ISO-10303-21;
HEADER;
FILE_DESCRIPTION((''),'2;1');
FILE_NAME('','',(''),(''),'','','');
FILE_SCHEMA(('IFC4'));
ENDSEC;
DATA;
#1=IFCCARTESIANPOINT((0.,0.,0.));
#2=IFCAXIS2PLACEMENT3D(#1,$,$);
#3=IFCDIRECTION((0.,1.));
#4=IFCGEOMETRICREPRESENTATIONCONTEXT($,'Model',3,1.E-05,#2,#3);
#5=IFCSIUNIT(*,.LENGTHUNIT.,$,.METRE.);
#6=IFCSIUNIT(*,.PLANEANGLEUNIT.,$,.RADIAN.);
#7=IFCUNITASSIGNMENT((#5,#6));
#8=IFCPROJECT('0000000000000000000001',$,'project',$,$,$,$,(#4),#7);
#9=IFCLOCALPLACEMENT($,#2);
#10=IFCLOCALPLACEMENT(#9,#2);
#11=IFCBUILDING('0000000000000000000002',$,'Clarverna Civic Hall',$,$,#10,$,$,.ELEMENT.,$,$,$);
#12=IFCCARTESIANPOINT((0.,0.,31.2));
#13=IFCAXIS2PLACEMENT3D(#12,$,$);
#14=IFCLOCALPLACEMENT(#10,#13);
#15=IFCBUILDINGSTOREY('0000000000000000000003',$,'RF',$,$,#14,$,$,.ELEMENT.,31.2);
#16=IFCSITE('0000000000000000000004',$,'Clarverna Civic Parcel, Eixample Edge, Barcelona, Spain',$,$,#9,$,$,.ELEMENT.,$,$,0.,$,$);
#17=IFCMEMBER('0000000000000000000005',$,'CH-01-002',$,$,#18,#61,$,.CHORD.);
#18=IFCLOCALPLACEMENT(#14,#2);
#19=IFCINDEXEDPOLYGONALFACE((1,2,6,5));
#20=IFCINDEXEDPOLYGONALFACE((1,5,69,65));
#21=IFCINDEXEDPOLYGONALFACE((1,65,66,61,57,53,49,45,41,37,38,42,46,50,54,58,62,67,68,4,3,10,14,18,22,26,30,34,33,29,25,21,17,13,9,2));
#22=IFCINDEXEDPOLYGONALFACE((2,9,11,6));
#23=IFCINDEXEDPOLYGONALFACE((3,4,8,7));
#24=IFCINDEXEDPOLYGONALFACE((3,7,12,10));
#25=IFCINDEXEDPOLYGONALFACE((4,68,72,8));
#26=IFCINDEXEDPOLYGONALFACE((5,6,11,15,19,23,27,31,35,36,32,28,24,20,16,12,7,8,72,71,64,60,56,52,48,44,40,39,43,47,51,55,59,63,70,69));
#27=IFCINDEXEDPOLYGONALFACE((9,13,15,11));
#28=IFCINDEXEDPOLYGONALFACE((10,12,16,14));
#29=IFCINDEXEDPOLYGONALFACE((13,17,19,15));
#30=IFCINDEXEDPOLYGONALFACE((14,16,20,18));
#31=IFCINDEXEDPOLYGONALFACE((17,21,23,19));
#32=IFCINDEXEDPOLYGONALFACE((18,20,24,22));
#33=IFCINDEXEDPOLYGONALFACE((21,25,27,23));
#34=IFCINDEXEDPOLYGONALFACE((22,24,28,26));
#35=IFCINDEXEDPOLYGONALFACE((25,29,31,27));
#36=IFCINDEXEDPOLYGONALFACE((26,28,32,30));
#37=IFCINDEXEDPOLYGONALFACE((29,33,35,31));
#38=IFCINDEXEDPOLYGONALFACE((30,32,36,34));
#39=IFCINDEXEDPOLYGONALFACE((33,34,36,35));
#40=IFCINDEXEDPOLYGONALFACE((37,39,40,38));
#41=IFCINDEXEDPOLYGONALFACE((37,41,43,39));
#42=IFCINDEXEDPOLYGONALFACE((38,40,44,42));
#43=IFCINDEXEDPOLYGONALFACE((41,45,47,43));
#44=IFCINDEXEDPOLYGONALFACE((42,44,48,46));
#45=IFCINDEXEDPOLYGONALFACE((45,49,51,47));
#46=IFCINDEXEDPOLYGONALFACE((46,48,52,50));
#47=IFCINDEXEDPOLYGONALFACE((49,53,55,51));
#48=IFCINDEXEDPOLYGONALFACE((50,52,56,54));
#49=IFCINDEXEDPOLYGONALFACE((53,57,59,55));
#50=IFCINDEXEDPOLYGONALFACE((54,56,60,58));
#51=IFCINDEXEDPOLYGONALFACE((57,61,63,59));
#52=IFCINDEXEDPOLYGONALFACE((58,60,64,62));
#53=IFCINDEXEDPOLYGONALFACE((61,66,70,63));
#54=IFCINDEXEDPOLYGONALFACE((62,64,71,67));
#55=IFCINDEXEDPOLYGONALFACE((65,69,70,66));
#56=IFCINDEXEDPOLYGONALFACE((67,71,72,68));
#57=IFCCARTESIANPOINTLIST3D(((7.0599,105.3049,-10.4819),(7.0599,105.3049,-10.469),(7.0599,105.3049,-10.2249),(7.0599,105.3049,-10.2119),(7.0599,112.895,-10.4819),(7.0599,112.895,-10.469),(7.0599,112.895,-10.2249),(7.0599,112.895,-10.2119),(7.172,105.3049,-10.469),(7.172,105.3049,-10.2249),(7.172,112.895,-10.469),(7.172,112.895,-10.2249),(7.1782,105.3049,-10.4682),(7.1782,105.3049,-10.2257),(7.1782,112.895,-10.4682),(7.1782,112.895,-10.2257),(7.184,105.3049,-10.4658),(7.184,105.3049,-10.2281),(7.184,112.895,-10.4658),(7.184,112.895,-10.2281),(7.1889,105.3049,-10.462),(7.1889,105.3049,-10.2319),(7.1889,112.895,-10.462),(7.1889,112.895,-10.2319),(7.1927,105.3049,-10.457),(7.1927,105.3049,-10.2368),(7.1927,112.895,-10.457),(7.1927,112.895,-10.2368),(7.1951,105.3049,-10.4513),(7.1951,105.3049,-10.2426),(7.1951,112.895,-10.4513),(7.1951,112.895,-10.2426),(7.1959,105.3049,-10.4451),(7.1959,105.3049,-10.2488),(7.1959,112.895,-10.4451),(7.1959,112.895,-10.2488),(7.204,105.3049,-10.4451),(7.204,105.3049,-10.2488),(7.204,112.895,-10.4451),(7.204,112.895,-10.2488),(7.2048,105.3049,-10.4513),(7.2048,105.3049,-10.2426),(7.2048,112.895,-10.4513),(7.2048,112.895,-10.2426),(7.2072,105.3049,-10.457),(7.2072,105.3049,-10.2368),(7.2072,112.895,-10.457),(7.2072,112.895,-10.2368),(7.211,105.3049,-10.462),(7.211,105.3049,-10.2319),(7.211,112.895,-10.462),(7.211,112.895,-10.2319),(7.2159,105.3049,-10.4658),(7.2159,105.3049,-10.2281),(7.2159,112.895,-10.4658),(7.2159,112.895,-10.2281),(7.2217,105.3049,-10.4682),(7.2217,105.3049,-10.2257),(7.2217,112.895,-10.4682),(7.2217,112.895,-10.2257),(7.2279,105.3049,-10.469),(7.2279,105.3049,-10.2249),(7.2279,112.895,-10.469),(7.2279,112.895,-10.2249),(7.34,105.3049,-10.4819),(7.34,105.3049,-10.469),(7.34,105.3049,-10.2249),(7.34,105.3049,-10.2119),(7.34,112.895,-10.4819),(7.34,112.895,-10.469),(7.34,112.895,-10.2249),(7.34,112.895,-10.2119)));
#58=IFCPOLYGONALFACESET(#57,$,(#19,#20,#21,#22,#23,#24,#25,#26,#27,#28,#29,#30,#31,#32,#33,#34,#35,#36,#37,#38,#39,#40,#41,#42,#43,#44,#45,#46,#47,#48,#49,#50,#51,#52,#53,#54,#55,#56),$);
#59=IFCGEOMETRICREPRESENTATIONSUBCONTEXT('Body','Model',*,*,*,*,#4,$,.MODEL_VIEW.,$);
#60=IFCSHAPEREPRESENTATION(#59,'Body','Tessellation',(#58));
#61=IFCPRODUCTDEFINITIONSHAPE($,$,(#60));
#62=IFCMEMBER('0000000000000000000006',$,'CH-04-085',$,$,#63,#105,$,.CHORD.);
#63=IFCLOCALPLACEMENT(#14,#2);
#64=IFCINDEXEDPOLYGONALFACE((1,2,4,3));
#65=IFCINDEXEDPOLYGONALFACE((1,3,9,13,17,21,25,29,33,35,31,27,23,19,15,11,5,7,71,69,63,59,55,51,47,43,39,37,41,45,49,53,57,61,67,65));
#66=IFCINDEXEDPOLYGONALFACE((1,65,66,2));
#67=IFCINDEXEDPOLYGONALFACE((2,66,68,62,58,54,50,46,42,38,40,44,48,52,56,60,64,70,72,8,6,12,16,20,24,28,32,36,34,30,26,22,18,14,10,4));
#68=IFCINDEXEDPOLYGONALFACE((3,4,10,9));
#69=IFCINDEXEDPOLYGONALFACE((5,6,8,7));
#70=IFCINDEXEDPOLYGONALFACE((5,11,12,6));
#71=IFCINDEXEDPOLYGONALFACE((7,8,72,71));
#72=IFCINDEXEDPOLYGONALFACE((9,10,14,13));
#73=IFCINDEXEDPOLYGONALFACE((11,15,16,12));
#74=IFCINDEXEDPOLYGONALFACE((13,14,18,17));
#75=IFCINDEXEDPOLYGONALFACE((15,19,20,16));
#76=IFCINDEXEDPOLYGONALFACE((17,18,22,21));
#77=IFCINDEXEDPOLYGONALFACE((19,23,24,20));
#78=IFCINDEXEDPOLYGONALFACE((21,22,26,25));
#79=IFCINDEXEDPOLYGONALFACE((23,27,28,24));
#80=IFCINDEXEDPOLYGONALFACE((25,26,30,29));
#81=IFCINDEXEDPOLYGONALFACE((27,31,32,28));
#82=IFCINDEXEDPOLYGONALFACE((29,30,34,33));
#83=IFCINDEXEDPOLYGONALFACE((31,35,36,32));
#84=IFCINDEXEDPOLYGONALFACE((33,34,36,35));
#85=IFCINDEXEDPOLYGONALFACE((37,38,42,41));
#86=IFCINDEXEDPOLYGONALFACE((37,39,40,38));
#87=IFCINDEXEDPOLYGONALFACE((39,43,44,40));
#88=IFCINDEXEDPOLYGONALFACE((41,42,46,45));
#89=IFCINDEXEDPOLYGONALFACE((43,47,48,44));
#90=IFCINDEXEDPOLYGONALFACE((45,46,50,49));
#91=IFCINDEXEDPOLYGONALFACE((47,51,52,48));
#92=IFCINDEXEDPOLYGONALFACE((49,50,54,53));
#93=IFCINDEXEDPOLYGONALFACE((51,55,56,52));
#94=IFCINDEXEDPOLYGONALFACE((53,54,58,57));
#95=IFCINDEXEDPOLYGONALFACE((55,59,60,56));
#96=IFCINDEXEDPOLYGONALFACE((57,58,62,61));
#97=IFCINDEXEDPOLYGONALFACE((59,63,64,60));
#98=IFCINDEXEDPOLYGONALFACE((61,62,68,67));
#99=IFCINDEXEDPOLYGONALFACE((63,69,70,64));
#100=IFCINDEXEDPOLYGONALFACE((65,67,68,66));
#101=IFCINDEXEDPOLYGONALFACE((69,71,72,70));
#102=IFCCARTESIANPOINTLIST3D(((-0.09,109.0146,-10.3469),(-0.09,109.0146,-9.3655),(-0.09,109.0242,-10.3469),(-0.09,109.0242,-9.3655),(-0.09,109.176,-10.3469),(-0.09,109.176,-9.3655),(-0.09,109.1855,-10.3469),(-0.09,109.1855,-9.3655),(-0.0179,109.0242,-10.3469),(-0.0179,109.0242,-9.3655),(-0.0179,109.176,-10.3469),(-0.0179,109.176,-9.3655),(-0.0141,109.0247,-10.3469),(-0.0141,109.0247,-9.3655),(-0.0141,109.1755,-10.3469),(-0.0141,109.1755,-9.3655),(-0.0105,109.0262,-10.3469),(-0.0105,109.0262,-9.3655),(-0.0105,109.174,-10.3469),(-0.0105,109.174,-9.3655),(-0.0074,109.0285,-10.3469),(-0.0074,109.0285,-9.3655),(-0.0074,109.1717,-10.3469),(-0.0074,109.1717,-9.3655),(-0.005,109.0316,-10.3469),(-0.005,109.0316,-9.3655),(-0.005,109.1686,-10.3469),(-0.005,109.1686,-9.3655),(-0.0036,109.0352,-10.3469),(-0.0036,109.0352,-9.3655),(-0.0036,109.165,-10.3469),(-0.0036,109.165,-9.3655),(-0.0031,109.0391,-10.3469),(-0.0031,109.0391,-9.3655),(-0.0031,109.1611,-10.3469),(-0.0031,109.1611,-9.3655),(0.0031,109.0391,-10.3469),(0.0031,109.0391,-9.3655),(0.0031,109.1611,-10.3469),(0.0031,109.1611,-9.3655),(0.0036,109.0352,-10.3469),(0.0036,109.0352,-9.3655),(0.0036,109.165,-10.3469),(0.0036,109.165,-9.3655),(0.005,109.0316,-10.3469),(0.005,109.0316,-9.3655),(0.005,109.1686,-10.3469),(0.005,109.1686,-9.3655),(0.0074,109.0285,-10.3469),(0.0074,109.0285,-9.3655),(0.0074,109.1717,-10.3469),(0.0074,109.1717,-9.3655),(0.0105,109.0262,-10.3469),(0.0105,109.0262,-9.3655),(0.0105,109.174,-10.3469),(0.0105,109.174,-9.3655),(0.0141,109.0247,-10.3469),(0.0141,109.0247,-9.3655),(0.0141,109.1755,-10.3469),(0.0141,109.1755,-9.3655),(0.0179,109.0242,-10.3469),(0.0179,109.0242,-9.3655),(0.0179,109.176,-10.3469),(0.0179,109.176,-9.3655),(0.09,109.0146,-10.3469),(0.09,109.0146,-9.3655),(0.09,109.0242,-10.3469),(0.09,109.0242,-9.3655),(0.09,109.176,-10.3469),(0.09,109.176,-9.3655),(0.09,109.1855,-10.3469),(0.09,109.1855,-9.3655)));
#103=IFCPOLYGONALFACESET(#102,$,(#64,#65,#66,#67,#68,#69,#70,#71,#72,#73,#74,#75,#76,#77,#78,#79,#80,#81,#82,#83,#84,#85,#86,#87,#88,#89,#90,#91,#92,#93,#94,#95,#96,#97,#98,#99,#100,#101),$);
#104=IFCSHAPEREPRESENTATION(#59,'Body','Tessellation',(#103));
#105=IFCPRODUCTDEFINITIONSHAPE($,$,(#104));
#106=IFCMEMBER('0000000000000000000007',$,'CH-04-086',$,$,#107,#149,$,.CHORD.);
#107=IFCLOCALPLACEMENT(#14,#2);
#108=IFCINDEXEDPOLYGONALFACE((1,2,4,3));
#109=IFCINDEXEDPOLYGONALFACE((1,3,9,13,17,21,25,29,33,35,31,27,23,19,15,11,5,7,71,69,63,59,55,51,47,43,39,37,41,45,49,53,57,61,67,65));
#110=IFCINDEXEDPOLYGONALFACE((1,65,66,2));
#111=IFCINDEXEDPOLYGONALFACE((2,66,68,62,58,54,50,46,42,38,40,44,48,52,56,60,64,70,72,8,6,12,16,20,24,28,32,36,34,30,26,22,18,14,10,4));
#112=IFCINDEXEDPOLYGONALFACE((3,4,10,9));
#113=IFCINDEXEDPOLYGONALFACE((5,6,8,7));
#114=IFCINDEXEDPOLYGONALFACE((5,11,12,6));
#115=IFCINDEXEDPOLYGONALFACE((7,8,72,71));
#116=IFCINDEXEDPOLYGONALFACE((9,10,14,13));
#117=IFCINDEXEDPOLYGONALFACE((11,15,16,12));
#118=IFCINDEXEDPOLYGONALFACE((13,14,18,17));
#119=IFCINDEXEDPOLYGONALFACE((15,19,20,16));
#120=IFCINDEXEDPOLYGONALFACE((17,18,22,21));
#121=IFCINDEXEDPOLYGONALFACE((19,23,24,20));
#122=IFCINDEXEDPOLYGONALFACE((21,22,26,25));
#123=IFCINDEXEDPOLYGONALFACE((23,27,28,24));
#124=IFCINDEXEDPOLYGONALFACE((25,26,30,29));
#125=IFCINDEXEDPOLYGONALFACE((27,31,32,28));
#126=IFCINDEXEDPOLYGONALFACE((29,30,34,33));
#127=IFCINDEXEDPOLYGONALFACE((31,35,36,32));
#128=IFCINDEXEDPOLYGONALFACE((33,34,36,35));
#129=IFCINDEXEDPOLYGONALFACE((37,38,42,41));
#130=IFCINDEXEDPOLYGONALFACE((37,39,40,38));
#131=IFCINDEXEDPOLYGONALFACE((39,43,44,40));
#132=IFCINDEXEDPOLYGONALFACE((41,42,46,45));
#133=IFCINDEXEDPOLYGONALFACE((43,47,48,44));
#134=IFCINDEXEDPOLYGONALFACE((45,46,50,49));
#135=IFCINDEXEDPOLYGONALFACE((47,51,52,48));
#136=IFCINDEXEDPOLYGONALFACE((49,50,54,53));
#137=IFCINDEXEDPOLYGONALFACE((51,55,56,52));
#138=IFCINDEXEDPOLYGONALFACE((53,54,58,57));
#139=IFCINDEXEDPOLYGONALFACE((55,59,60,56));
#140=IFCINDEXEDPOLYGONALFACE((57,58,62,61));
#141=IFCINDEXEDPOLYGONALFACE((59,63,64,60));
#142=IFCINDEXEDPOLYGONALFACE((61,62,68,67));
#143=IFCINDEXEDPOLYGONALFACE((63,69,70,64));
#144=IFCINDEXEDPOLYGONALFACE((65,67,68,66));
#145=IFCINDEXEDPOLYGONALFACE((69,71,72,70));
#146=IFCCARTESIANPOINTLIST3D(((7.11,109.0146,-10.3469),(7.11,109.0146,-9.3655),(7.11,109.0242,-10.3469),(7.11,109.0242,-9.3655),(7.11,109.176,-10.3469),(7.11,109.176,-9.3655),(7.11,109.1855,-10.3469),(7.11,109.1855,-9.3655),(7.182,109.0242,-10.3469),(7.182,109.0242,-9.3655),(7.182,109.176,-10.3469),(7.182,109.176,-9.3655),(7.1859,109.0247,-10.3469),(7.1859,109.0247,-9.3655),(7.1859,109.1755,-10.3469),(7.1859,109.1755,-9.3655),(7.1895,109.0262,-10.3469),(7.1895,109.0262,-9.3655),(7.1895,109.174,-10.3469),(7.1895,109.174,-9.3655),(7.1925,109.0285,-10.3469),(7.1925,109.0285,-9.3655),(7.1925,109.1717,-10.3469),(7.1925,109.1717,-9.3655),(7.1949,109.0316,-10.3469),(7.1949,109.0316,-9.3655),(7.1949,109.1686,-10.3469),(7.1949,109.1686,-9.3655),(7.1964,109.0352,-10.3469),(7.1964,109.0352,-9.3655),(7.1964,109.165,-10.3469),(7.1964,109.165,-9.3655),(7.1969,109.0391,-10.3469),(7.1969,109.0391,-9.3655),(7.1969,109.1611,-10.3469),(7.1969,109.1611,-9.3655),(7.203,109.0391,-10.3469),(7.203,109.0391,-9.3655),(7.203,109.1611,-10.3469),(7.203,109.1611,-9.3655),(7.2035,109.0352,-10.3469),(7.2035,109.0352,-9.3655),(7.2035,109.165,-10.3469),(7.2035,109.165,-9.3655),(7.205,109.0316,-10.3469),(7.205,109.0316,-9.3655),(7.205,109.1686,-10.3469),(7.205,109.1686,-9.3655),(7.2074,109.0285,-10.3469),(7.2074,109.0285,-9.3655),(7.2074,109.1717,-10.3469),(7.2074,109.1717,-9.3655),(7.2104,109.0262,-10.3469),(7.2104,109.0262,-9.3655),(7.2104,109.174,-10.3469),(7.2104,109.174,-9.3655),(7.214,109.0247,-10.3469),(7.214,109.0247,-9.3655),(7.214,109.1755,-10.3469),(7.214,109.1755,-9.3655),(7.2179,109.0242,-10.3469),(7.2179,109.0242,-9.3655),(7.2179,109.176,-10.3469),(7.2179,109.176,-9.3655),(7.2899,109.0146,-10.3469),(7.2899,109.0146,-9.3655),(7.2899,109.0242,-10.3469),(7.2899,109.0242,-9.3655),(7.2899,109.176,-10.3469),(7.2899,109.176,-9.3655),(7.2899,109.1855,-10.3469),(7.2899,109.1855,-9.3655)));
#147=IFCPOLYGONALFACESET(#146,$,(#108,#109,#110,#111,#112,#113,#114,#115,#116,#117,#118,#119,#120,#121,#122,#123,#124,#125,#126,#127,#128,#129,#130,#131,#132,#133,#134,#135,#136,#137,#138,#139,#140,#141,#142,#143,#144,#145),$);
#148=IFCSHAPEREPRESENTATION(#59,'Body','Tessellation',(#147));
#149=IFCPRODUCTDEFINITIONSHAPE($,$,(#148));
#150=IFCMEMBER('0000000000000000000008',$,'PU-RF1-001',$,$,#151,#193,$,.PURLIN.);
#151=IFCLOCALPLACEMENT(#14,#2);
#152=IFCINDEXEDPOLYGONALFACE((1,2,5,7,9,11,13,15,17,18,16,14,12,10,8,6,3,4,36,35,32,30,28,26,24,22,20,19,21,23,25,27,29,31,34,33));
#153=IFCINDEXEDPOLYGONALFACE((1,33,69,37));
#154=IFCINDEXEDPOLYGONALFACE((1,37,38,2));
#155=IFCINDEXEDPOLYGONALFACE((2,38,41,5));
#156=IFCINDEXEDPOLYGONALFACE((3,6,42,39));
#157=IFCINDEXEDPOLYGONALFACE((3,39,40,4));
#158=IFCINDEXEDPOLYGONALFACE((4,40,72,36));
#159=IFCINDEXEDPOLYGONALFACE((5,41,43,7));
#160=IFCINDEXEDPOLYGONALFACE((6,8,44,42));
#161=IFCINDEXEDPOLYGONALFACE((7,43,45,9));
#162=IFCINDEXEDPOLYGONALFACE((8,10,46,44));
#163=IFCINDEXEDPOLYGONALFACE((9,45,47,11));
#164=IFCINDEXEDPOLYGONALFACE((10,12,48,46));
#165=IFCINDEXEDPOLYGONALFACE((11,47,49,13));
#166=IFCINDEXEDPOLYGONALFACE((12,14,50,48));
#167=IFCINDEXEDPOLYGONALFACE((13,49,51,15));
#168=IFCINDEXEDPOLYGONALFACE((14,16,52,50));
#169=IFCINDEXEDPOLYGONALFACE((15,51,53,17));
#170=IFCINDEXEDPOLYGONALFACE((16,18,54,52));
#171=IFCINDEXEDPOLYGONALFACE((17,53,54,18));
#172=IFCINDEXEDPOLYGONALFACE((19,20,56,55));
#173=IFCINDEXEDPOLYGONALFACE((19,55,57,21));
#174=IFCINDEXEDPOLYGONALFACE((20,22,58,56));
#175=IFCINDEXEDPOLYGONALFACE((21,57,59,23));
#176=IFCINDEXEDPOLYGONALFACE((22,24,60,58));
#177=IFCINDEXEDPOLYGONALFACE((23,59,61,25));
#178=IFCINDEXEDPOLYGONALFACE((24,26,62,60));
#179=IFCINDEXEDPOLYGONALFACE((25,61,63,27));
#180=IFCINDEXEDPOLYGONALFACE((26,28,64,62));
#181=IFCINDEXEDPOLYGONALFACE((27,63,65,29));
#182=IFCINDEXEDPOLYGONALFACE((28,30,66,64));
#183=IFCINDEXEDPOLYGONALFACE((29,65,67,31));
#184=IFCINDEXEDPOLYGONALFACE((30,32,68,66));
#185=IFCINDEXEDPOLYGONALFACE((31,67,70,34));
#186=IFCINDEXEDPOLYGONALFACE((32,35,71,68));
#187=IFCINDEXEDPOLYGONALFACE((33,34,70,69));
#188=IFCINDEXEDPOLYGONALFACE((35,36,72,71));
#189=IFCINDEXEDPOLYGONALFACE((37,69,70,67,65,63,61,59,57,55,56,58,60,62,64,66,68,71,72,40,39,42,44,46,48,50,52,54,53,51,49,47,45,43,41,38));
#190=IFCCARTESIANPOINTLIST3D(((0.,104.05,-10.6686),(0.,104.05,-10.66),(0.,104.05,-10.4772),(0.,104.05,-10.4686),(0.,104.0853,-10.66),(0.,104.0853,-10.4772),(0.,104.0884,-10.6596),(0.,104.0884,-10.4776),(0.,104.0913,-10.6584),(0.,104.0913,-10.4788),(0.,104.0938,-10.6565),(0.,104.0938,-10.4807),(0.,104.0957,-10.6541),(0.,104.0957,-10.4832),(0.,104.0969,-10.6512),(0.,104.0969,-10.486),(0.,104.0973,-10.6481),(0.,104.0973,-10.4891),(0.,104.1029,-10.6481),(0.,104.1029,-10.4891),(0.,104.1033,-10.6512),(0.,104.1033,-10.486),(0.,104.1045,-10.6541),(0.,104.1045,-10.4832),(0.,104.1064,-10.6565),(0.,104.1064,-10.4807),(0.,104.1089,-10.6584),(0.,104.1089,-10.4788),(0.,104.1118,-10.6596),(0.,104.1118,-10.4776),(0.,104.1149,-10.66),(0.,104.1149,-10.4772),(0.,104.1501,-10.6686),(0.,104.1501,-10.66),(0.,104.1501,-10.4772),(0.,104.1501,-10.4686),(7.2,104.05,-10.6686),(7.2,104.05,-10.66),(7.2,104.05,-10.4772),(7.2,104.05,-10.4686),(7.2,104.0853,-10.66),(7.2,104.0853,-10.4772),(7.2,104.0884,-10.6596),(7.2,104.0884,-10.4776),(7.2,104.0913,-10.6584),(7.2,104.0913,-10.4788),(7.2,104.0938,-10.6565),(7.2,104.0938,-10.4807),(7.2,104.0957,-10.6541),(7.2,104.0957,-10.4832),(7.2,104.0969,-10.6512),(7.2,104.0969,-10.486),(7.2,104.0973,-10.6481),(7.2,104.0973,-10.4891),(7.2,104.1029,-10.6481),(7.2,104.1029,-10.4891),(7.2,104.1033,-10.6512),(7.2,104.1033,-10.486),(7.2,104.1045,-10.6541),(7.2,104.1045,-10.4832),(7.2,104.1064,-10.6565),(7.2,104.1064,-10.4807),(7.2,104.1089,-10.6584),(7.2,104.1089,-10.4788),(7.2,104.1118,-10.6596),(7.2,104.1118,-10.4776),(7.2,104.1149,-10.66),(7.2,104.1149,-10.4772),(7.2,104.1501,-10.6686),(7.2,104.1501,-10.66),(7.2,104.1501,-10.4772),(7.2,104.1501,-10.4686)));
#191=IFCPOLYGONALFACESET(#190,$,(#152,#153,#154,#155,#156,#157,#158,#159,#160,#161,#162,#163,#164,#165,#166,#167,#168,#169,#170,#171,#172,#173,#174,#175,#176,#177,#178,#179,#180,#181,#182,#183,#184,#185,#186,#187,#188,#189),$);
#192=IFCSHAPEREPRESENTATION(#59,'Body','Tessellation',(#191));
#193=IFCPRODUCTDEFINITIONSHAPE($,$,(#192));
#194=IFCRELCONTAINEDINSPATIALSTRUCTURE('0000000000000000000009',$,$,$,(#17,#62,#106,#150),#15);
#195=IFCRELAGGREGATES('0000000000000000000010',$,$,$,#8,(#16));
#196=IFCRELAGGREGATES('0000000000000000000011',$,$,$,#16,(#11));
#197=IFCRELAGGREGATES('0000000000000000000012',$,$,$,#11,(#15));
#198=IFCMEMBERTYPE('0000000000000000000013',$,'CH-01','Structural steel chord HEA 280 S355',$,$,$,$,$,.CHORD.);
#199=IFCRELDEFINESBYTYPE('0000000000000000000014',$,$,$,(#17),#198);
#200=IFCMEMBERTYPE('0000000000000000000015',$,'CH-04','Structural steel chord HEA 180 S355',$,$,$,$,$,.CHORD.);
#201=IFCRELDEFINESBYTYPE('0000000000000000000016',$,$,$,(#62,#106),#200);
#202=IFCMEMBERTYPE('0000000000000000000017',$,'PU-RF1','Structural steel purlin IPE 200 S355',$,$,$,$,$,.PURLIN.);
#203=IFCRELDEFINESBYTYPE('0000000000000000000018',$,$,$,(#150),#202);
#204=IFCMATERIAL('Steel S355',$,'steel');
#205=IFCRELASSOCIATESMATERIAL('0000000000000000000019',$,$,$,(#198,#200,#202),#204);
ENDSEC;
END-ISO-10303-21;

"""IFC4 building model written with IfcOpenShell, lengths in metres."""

from ifc_helpers import new_model, si_unit, direction, frame, origin, origin_2d, place, context, subcontext, project, spatial, i_section, extrude, material, material_profile, profile_set, type_object, element, save


model = new_model("IFC4")

# Units and contexts
model_context = context("Model", 3, precision=1e-05, world=origin(), true_north=direction((0.0, 1.0)))
body_context = subcontext(model_context, "Body", "Model", "MODEL_VIEW")
ifc_project = project(units=[si_unit("LENGTHUNIT", "METRE"), si_unit("PLANEANGLEUNIT", "RADIAN")], contexts=[model_context])

# Site, building, storey
site_placement = place(None, origin())
site = spatial("IfcSite", under=ifc_project, at=site_placement, Name="Clarverna Civic Parcel, Eixample Edge, Barcelona, Spain", CompositionType="ELEMENT", RefElevation=0.0)
building_placement = place(site_placement, origin())
building = spatial("IfcBuilding", under=site, at=building_placement, Name="Clarverna Civic Hall", CompositionType="ELEMENT")
storey_placement = place(building_placement, frame((0.0, 0.0, 31.2)))
storey = spatial("IfcBuildingStorey", under=building, at=storey_placement, Name="RF", CompositionType="ELEMENT", Elevation=31.2)

# Members
ifc_material_1 = material(Name="Steel S355", Category="steel")
ifc_material_profile_1 = material_profile(ifc_material_1, i_section(OverallWidth=0.28, OverallDepth=0.27, WebThickness=0.0081, FlangeThickness=0.0129, FilletRadius=0.0239, at=origin_2d()), Name="HEA 280")
ifc_profile_set_1 = profile_set([ifc_material_profile_1], Name="Steel S355")
member_type_1 = type_object("IfcMemberType", Name="CH-01", Description="Structural steel chord HEA 280 S355", PredefinedType="CHORD", material=ifc_profile_set_1)
for number, where, z_axis, x_axis, name in (
    (1, (7.2, 105.3049, -10.3469), (0.0, 1.0, 0.0), (-1.0, 0.0, 0.0), "CH-01-002"),
):
    element("IfcMember", number, at=place(storey_placement, frame(where, z_axis=z_axis, x_axis=x_axis)), inside=storey, type_object=member_type_1, Name=name, PredefinedType="CHORD", context=body_context, shape_type="SweptSolid", body=[
        extrude(i_section(OverallWidth=0.28, OverallDepth=0.27, WebThickness=0.0081, FlangeThickness=0.0129, FilletRadius=0.0239, at=origin_2d()), origin(), (0.0, 0.0, 1.0), 7.5901),
    ])
ifc_material_profile_2 = material_profile(ifc_material_1, i_section(OverallWidth=0.1799, OverallDepth=0.1709, WebThickness=0.0061, FlangeThickness=0.0095, FilletRadius=0.0149, at=origin_2d()), Name="HEA 180")
ifc_profile_set_2 = profile_set([ifc_material_profile_2], Name="Steel S355")
member_type_2 = type_object("IfcMemberType", Name="CH-04", Description="Structural steel chord HEA 180 S355", PredefinedType="CHORD", material=ifc_profile_set_2)
for number, where, z_axis, x_axis, name in (
    (2, (0.0, 109.1001, -10.3469), (0.0, 0.0, 1.0), (1.0, 0.0, 0.0), "CH-04-085"),
    (3, (7.2, 109.1001, -10.3469), (0.0, 0.0, 1.0), (1.0, 0.0, 0.0), "CH-04-086"),
):
    element("IfcMember", number, at=place(storey_placement, frame(where, z_axis=z_axis, x_axis=x_axis)), inside=storey, type_object=member_type_2, Name=name, PredefinedType="CHORD", context=body_context, shape_type="SweptSolid", body=[
        extrude(i_section(OverallWidth=0.1799, OverallDepth=0.1709, WebThickness=0.0061, FlangeThickness=0.0095, FilletRadius=0.0149, at=origin_2d()), origin(), (0.0, 0.0, 1.0), 0.9814),
    ])
ifc_material_profile_3 = material_profile(ifc_material_1, i_section(OverallWidth=0.1001, OverallDepth=0.2, WebThickness=0.0056, FlangeThickness=0.0085, FilletRadius=0.012, at=origin_2d()), Name="IPE 200")
ifc_profile_set_3 = profile_set([ifc_material_profile_3], Name="Steel S355")
member_type_3 = type_object("IfcMemberType", Name="PU-RF1", Description="Structural steel purlin IPE 200 S355", PredefinedType="PURLIN", material=ifc_profile_set_3)
member_1_placement = place(storey_placement, frame((0.0, 104.1001, -10.5686), z_axis=(1.0, 0.0, 0.0), x_axis=(0.0, 1.0, 0.0)))
element("IfcMember", 4, at=member_1_placement, inside=storey, type_object=member_type_3, Name="PU-RF1-001", PredefinedType="PURLIN", context=body_context, shape_type="SweptSolid", body=[
    extrude(i_section(OverallWidth=0.1001, OverallDepth=0.2, WebThickness=0.0056, FlangeThickness=0.0085, FilletRadius=0.012, at=origin_2d()), origin(), (0.0, 0.0, 1.0), 7.2),
])

save(model, "model.ifc")
